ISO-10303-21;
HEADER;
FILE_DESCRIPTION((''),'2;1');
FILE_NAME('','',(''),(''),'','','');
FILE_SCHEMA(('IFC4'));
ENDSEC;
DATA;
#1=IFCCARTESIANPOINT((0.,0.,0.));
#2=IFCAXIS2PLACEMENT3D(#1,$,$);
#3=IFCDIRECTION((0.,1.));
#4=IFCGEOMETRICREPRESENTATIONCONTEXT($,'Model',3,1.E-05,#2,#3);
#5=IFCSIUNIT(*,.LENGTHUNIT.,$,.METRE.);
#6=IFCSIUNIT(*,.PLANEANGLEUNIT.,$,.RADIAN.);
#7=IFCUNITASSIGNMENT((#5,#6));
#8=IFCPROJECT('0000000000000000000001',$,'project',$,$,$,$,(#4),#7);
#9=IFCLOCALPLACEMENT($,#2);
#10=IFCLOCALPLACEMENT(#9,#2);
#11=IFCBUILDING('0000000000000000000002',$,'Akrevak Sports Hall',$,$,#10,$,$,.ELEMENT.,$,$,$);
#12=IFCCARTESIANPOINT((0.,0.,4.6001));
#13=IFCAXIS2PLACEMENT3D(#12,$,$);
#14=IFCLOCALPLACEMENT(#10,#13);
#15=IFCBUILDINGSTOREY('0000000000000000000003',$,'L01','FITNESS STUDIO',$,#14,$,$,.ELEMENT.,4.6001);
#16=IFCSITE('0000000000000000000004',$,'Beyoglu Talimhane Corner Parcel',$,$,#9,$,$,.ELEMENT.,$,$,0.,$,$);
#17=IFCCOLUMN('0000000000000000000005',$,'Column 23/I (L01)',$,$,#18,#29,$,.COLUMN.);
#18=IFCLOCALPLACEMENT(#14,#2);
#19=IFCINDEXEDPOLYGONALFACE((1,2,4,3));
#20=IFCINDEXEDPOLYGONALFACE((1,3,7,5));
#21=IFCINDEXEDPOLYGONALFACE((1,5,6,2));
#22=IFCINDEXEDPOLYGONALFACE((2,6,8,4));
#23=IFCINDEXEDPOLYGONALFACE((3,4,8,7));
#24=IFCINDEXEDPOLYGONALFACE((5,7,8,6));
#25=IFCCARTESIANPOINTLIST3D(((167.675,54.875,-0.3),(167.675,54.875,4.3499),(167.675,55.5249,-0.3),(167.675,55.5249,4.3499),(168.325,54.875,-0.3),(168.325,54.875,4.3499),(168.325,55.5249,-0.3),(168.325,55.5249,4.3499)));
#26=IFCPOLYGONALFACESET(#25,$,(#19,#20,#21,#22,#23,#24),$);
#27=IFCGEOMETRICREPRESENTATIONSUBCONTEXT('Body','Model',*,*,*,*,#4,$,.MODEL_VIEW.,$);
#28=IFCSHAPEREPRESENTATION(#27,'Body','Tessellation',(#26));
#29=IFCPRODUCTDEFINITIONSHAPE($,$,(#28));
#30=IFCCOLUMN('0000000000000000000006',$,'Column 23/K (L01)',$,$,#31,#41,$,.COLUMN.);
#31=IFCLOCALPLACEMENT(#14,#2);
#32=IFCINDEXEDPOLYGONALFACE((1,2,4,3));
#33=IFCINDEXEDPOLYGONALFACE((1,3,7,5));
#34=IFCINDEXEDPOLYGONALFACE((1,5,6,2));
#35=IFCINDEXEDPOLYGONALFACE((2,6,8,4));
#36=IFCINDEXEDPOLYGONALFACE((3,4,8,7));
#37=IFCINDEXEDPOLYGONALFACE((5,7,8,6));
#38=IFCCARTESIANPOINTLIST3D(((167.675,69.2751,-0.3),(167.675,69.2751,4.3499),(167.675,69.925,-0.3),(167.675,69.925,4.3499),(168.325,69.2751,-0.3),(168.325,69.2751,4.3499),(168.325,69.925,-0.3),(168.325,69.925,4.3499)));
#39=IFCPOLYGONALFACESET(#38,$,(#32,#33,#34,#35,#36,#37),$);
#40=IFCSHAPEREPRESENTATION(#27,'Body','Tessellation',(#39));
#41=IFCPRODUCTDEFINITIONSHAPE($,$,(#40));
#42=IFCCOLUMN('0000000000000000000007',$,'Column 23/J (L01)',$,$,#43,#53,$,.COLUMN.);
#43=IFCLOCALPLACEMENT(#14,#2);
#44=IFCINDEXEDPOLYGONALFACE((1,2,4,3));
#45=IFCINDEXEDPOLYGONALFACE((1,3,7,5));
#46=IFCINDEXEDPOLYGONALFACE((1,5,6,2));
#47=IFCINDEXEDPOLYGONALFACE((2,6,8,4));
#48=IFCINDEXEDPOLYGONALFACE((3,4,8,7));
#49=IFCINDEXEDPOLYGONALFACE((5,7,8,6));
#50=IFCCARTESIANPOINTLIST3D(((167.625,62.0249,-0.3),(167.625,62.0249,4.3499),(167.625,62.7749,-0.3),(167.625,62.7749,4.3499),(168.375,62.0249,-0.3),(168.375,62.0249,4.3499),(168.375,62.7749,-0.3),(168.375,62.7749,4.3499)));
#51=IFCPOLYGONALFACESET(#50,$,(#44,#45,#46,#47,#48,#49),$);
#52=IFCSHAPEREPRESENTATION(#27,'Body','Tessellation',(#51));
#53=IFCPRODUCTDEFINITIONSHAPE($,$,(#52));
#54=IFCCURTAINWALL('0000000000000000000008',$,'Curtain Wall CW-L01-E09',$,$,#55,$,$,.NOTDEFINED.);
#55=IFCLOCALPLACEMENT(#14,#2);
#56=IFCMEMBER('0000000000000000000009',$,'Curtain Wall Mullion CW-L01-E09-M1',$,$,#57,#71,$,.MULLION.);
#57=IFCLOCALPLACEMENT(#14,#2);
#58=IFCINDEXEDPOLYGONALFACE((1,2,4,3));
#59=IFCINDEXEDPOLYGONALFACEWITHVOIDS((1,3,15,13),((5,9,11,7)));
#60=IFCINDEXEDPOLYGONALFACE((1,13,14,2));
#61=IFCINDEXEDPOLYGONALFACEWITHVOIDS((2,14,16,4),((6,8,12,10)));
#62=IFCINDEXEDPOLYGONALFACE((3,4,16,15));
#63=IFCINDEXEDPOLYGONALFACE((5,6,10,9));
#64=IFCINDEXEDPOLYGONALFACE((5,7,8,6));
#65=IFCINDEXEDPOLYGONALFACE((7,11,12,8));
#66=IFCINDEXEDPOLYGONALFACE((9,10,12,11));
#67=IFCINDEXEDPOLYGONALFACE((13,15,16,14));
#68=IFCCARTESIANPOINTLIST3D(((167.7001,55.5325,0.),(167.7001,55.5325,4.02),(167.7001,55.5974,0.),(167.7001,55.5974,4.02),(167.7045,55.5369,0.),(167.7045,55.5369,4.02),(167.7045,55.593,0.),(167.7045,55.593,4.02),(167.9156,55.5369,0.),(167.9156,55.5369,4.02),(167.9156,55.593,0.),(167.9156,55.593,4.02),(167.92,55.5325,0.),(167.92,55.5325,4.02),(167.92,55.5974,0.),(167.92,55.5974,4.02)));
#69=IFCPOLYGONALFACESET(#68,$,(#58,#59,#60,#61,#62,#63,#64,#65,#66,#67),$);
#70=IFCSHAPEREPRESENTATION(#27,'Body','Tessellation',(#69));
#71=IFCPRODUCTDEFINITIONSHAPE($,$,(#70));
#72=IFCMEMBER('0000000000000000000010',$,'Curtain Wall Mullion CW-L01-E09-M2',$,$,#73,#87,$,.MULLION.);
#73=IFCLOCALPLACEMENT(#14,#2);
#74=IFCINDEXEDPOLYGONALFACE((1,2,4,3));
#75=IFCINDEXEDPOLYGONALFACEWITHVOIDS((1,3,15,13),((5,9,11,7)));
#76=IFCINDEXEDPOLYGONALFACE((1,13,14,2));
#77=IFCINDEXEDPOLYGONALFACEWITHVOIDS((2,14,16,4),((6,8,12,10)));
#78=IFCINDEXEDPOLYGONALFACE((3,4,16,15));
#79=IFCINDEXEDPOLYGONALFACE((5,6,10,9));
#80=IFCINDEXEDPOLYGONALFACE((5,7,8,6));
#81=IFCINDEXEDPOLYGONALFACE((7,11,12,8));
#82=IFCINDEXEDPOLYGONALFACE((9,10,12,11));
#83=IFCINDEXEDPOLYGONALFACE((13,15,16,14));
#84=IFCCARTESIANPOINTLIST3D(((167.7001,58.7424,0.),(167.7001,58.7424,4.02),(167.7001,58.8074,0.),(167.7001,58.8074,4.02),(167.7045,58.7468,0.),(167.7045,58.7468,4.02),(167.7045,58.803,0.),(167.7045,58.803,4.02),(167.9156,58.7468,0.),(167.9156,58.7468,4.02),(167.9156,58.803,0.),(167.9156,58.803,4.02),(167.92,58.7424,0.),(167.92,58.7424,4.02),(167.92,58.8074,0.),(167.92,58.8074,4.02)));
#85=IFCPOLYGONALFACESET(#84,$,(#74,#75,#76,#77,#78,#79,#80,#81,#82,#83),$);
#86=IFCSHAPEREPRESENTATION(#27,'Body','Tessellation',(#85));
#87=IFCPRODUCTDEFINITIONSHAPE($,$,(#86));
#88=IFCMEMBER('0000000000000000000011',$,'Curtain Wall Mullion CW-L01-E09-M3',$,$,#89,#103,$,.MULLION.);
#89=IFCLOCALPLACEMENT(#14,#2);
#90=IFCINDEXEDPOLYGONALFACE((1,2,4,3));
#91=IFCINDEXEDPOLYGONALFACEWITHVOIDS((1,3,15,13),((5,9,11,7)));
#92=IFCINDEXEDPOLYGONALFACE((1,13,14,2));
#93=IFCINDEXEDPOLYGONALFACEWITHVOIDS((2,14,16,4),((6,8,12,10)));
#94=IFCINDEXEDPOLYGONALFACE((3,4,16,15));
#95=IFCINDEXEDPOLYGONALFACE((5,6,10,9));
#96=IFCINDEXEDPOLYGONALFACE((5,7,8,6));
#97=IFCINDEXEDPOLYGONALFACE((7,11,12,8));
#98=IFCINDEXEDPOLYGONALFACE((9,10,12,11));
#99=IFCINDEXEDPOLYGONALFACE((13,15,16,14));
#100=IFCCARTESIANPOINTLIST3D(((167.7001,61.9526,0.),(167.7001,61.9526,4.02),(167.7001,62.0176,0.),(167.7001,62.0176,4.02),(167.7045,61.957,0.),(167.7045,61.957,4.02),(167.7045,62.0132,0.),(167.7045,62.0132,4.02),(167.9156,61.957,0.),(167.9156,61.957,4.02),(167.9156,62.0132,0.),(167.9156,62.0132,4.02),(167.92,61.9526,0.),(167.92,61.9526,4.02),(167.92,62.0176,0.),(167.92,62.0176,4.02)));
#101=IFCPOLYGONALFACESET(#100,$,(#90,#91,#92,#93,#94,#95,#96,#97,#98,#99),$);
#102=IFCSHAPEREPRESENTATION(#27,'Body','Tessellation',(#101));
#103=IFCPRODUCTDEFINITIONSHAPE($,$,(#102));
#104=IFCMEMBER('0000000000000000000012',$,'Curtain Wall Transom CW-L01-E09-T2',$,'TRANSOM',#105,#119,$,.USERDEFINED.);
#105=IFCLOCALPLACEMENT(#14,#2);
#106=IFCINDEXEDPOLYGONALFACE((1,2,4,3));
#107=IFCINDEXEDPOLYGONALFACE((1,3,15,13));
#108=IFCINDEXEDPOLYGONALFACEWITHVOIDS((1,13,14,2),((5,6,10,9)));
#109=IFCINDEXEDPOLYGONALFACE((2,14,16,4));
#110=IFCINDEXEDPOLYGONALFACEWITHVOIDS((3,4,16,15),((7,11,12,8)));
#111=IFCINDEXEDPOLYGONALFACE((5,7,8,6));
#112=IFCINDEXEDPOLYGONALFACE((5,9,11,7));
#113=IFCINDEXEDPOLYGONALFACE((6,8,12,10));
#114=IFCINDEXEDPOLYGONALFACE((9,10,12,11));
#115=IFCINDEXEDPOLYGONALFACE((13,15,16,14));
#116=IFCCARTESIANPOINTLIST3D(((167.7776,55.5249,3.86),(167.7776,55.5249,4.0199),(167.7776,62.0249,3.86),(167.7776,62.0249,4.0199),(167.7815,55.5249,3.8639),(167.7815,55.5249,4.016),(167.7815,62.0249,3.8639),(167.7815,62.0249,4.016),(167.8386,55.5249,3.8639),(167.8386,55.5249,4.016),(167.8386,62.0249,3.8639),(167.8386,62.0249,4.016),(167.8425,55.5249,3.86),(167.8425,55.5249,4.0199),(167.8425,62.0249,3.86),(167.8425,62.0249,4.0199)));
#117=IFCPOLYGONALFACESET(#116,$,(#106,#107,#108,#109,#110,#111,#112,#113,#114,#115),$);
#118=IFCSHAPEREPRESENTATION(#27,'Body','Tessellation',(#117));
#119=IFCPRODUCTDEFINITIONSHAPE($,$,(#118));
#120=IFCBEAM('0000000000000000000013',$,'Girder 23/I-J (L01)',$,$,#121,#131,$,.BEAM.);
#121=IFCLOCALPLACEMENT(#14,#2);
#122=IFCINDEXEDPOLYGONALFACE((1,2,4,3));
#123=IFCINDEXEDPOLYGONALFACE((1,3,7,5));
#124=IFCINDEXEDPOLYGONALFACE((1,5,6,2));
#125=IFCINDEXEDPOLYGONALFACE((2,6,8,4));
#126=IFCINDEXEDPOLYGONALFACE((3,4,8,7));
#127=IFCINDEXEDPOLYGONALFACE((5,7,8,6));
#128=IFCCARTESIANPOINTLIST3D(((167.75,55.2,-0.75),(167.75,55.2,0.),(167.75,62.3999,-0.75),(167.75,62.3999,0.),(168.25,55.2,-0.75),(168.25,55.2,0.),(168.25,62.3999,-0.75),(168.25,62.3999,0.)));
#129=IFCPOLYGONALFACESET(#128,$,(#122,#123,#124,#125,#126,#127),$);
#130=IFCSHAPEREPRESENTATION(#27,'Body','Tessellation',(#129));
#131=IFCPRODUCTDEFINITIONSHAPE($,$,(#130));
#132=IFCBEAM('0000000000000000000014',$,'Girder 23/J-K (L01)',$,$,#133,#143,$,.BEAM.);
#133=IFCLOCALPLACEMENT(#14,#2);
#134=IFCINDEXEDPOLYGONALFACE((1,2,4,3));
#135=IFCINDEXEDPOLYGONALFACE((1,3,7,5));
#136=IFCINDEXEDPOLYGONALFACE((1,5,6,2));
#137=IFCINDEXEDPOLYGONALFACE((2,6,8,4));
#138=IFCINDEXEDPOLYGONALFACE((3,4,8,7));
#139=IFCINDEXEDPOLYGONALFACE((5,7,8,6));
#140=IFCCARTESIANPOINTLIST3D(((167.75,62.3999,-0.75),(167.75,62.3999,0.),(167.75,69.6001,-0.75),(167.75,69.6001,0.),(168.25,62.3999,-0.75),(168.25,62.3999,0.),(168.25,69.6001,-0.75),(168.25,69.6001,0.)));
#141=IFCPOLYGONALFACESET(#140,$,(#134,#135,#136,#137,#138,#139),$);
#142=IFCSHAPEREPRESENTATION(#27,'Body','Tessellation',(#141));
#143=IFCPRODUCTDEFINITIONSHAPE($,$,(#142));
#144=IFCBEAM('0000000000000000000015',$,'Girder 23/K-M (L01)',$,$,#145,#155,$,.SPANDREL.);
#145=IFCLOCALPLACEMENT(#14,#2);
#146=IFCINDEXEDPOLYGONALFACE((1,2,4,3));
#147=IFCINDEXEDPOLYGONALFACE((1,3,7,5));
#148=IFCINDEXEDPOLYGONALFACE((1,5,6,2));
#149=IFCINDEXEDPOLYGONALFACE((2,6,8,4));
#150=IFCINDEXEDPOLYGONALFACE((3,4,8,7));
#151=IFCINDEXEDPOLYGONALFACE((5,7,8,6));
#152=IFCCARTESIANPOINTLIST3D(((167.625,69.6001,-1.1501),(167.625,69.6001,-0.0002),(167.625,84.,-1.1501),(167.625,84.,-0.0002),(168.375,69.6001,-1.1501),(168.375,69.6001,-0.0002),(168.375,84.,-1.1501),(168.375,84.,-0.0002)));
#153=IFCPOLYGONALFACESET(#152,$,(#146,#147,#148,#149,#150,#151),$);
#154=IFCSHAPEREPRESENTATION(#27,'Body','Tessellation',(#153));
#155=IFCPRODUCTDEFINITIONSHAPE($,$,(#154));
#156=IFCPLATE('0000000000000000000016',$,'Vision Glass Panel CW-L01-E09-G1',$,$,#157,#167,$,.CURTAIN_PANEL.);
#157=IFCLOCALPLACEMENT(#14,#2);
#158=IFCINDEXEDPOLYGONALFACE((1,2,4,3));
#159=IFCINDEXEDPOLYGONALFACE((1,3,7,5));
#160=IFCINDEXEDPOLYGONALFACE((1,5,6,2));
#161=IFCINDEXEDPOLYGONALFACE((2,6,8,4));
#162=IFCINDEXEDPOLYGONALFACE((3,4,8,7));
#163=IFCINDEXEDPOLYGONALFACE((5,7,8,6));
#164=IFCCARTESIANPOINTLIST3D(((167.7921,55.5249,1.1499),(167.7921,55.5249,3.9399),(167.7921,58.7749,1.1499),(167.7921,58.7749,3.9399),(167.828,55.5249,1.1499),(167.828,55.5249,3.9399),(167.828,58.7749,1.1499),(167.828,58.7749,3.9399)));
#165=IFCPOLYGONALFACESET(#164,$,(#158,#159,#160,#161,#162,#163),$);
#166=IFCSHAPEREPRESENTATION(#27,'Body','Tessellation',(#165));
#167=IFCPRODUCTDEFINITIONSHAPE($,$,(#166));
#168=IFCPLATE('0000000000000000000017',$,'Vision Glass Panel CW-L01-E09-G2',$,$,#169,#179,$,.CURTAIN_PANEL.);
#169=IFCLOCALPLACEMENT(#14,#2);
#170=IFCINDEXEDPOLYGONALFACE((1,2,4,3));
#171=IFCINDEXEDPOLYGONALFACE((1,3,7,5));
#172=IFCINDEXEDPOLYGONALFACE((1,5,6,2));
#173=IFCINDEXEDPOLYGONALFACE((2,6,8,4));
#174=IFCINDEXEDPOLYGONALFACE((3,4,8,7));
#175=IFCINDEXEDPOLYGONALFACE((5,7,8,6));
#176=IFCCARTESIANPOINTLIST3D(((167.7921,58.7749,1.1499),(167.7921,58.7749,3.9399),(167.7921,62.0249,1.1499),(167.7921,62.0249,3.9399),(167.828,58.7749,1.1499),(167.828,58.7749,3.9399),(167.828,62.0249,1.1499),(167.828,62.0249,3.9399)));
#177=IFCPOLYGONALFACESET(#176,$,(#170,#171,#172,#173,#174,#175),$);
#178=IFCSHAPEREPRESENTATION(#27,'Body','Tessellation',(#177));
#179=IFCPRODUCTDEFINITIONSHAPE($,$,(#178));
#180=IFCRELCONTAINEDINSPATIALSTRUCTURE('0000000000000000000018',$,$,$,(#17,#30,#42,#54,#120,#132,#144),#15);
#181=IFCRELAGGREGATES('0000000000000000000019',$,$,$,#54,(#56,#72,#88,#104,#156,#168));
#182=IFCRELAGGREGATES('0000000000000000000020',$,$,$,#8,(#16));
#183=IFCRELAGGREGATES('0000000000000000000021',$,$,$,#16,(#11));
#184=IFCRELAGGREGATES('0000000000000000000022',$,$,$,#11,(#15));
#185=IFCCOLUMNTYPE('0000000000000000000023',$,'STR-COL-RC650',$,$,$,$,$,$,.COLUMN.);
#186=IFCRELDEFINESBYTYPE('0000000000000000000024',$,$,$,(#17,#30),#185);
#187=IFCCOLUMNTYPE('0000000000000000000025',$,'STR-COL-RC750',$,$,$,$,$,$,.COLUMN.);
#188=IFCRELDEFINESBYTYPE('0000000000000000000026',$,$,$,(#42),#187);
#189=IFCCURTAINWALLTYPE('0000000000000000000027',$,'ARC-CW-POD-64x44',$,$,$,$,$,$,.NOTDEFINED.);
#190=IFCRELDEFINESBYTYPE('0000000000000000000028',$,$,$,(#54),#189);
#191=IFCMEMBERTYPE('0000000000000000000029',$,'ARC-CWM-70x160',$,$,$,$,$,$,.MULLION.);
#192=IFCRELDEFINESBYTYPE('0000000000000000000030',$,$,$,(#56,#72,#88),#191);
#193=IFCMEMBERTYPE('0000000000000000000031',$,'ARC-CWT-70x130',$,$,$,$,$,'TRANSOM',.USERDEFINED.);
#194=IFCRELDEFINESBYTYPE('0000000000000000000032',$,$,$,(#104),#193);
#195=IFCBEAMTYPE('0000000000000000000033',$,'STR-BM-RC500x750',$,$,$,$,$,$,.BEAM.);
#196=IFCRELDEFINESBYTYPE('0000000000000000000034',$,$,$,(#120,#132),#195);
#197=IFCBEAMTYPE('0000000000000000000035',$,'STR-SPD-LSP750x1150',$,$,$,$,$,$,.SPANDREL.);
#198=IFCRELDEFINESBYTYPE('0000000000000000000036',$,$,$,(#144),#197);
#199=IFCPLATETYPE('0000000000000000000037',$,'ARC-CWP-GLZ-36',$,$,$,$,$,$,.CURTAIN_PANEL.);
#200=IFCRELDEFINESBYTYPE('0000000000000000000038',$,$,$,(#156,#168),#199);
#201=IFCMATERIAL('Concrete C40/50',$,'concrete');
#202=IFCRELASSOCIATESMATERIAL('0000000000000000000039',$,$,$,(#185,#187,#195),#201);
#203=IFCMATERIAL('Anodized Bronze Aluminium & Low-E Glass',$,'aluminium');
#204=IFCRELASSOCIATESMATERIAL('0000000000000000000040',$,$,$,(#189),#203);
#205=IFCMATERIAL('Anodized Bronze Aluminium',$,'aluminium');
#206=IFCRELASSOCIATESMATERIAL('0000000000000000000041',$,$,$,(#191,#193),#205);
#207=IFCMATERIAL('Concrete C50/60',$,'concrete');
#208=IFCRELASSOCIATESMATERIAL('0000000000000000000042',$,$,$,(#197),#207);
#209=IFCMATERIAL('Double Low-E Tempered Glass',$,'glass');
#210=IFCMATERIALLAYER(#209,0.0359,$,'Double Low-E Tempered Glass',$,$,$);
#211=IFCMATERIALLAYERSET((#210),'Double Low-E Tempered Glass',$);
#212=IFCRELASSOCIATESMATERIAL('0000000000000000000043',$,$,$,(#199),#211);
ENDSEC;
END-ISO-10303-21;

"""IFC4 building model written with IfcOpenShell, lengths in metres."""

from ifc_helpers import new_model, si_unit, direction, frame, origin, origin_2d, place, context, subcontext, project, spatial, rectangle, hollow_rectangle, extrude, material, layer, layer_set, material_profile, profile_set, type_object, element, aggregate, save


model = new_model("IFC4")

# Units and contexts
model_context = context("Model", 3, precision=1e-05, world=origin(), true_north=direction((0.0, 1.0)))
body_context = subcontext(model_context, "Body", "Model", "MODEL_VIEW")
ifc_project = project(units=[si_unit("LENGTHUNIT", "METRE"), si_unit("PLANEANGLEUNIT", "RADIAN")], contexts=[model_context])

# Site, building, storey
site_placement = place(None, origin())
site = spatial("IfcSite", under=ifc_project, at=site_placement, Name="Beyoglu Talimhane Corner Parcel", CompositionType="ELEMENT", RefElevation=0.0)
building_placement = place(site_placement, origin())
building = spatial("IfcBuilding", under=site, at=building_placement, Name="Akrevak Sports Hall", CompositionType="ELEMENT")
storey_placement = place(building_placement, frame((0.0, 0.0, 4.6001)))
storey = spatial("IfcBuildingStorey", under=building, at=storey_placement, Name="L01", Description="FITNESS STUDIO", CompositionType="ELEMENT", Elevation=4.6001)

# Columns
ifc_material_1 = material(Name="Concrete C40/50", Category="concrete")
ifc_material_profile_1 = material_profile(ifc_material_1, rectangle(XDim=0.6499, YDim=0.6499, at=origin_2d()), Name="RC 650x650", Category="concrete")
ifc_profile_set_1 = profile_set([ifc_material_profile_1], Name="Concrete C40/50")
column_type_1 = type_object("IfcColumnType", Name="STR-COL-RC650", PredefinedType="COLUMN", material=ifc_profile_set_1)
for number, where, z_axis, x_axis, name in (
    (1, (168.0, 55.2, -0.3), (0.0, 0.0, 1.0), (1.0, 0.0, 0.0), "Column 23/I (L01)"),
    (2, (168.0, 69.6001, -0.3), (0.0, 0.0, 1.0), (1.0, 0.0, 0.0), "Column 23/K (L01)"),
):
    element("IfcColumn", number, at=place(storey_placement, frame(where, z_axis=z_axis, x_axis=x_axis)), inside=storey, type_object=column_type_1, Name=name, PredefinedType="COLUMN", context=body_context, shape_type="SweptSolid", body=[
        extrude(rectangle(XDim=0.6499, YDim=0.6499, at=origin_2d()), origin(), (0.0, 0.0, 1.0), 4.6499),
    ])
ifc_material_profile_2 = material_profile(ifc_material_1, rectangle(XDim=0.75, YDim=0.75, at=origin_2d()), Name="RC 750x750", Category="concrete")
ifc_profile_set_2 = profile_set([ifc_material_profile_2], Name="Concrete C40/50")
column_type_2 = type_object("IfcColumnType", Name="STR-COL-RC750", PredefinedType="COLUMN", material=ifc_profile_set_2)
column_placement = place(storey_placement, frame((168.0, 62.3999, -0.3), z_axis=(0.0, 0.0, 1.0), x_axis=(1.0, 0.0, 0.0)))
element("IfcColumn", 3, at=column_placement, inside=storey, type_object=column_type_2, Name="Column 23/J (L01)", PredefinedType="COLUMN", context=body_context, shape_type="SweptSolid", body=[
    extrude(rectangle(XDim=0.75, YDim=0.75, at=origin_2d()), origin(), (0.0, 0.0, 1.0), 4.6499),
])

# Curtain wall, members
ifc_material_2 = material(Name="Anodized Bronze Aluminium & Low-E Glass", Category="aluminium")
curtain_wall_type = type_object("IfcCurtainWallType", Name="ARC-CW-POD-64x44", PredefinedType="NOTDEFINED", material=ifc_material_2)
curtain_wall_placement = place(storey_placement, origin())
curtain_wall = element("IfcCurtainWall", 4, at=curtain_wall_placement, inside=storey, type_object=curtain_wall_type, Name="Curtain Wall CW-L01-E09", PredefinedType="NOTDEFINED")
ifc_material_3 = material(Name="Anodized Bronze Aluminium", Category="aluminium")
ifc_material_profile_3 = material_profile(ifc_material_3, hollow_rectangle(XDim=0.0649, YDim=0.22, WallThickness=0.0044, at=origin_2d()), Name="CWM 65x220", Category="aluminium")
ifc_profile_set_3 = profile_set([ifc_material_profile_3], Name="Anodized Bronze Aluminium")
member_type_1 = type_object("IfcMemberType", Name="ARC-CWM-70x160", PredefinedType="MULLION", material=ifc_profile_set_3)
member_1_placement = place(storey_placement, frame((167.8101, 55.5649, 0.0), z_axis=(0.0, 0.0, 1.0), x_axis=(0.0, 1.0, 0.0)))
member_1 = element("IfcMember", 5, at=member_1_placement, type_object=member_type_1, Name="Curtain Wall Mullion CW-L01-E09-M1", PredefinedType="MULLION", context=body_context, shape_type="SweptSolid", body=[
    extrude(hollow_rectangle(XDim=0.0649, YDim=0.22, WallThickness=0.0044, at=origin_2d()), origin(), (0.0, 0.0, 1.0), 4.02),
])
member_2_placement = place(storey_placement, frame((167.8101, 58.7749, 0.0), z_axis=(0.0, 0.0, 1.0), x_axis=(0.0, 1.0, 0.0)))
member_2 = element("IfcMember", 6, at=member_2_placement, type_object=member_type_1, Name="Curtain Wall Mullion CW-L01-E09-M2", PredefinedType="MULLION", context=body_context, shape_type="SweptSolid", body=[
    extrude(hollow_rectangle(XDim=0.0649, YDim=0.22, WallThickness=0.0044, at=origin_2d()), origin(), (0.0, 0.0, 1.0), 4.02),
])
member_3_placement = place(storey_placement, frame((167.8101, 61.9851, 0.0), z_axis=(0.0, 0.0, 1.0), x_axis=(0.0, 1.0, 0.0)))
member_3 = element("IfcMember", 7, at=member_3_placement, type_object=member_type_1, Name="Curtain Wall Mullion CW-L01-E09-M3", PredefinedType="MULLION", context=body_context, shape_type="SweptSolid", body=[
    extrude(hollow_rectangle(XDim=0.0649, YDim=0.22, WallThickness=0.0044, at=origin_2d()), origin(), (0.0, 0.0, 1.0), 4.02),
])
ifc_material_profile_4 = material_profile(ifc_material_3, hollow_rectangle(XDim=0.0649, YDim=0.1599, WallThickness=0.0039, at=origin_2d()), Name="CWT 65x160", Category="aluminium")
ifc_profile_set_4 = profile_set([ifc_material_profile_4], Name="Anodized Bronze Aluminium")
member_type_2 = type_object("IfcMemberType", Name="ARC-CWT-70x130", ElementType="TRANSOM", PredefinedType="USERDEFINED", material=ifc_profile_set_4)
member_4_placement = place(storey_placement, frame((167.8101, 55.5249, 3.9399), z_axis=(0.0, 1.0, 0.0), x_axis=(-1.0, 0.0, 0.0)))
member_4 = element("IfcMember", 8, at=member_4_placement, type_object=member_type_2, Name="Curtain Wall Transom CW-L01-E09-T2", ObjectType="TRANSOM", PredefinedType="USERDEFINED", context=body_context, shape_type="SweptSolid", body=[
    extrude(hollow_rectangle(XDim=0.0649, YDim=0.1599, WallThickness=0.0039, at=origin_2d()), origin(), (0.0, 0.0, 1.0), 6.5),
])

# Beams
ifc_material_profile_5 = material_profile(ifc_material_1, rectangle(XDim=0.5, YDim=0.75, at=origin_2d()), Name="BM 500x750", Category="concrete")
ifc_profile_set_5 = profile_set([ifc_material_profile_5], Name="Concrete C40/50")
beam_type_1 = type_object("IfcBeamType", Name="STR-BM-RC500x750", PredefinedType="BEAM", material=ifc_profile_set_5)
beam_1_placement = place(storey_placement, frame((168.0, 55.2, -0.375), z_axis=(0.0, 1.0, 0.0), x_axis=(-1.0, 0.0, 0.0)))
element("IfcBeam", 9, at=beam_1_placement, inside=storey, type_object=beam_type_1, Name="Girder 23/I-J (L01)", PredefinedType="BEAM", context=body_context, shape_type="SweptSolid", body=[
    extrude(rectangle(XDim=0.5, YDim=0.75, at=origin_2d()), origin(), (0.0, 0.0, 1.0), 7.2),
])
beam_2_placement = place(storey_placement, frame((168.0, 62.3999, -0.375), z_axis=(0.0, 1.0, 0.0), x_axis=(-1.0, 0.0, 0.0)))
element("IfcBeam", 10, at=beam_2_placement, inside=storey, type_object=beam_type_1, Name="Girder 23/J-K (L01)", PredefinedType="BEAM", context=body_context, shape_type="SweptSolid", body=[
    extrude(rectangle(XDim=0.5, YDim=0.75, at=origin_2d()), origin(), (0.0, 0.0, 1.0), 7.2002),
])
ifc_material_4 = material(Name="Concrete C50/60", Category="concrete")
ifc_material_profile_6 = material_profile(ifc_material_4, rectangle(XDim=0.75, YDim=1.1499, at=origin_2d()), Name="SPD 750x1150", Category="concrete")
ifc_profile_set_6 = profile_set([ifc_material_profile_6], Name="Concrete C50/60")
beam_type_2 = type_object("IfcBeamType", Name="STR-SPD-LSP750x1150", PredefinedType="SPANDREL", material=ifc_profile_set_6)
beam_3_placement = place(storey_placement, frame((168.0, 69.6001, -0.5752), z_axis=(0.0, 1.0, 0.0), x_axis=(-1.0, 0.0, 0.0)))
element("IfcBeam", 11, at=beam_3_placement, inside=storey, type_object=beam_type_2, Name="Girder 23/K-M (L01)", PredefinedType="SPANDREL", context=body_context, shape_type="SweptSolid", body=[
    extrude(rectangle(XDim=0.75, YDim=1.1499, at=origin_2d()), origin(), (0.0, 0.0, 1.0), 14.3999),
])

# Plates
ifc_material_5 = material(Name="Double Low-E Tempered Glass", Category="glass")
ifc_layer_1 = layer(ifc_material_5, 0.0359, Name="Double Low-E Tempered Glass")
ifc_layer_set_1 = layer_set([ifc_layer_1], Name="Double Low-E Tempered Glass")
plate_type_1 = type_object("IfcPlateType", Name="ARC-CWP-GLZ-36", PredefinedType="CURTAIN_PANEL", material=ifc_layer_set_1)
plate_1_placement = place(storey_placement, frame((167.8101, 57.1499, 1.1499), z_axis=(0.0, 0.0, 1.0), x_axis=(0.0, 1.0, 0.0)))
plate_1 = element("IfcPlate", 12, at=plate_1_placement, type_object=plate_type_1, Name="Vision Glass Panel CW-L01-E09-G1", PredefinedType="CURTAIN_PANEL", context=body_context, shape_type="SweptSolid", body=[
    extrude(rectangle(XDim=3.25, YDim=0.0359, at=origin_2d()), origin(), (0.0, 0.0, 1.0), 2.79),
])
plate_2_placement = place(storey_placement, frame((167.8101, 60.3999, 1.1499), z_axis=(0.0, 0.0, 1.0), x_axis=(0.0, 1.0, 0.0)))
plate_2 = element("IfcPlate", 13, at=plate_2_placement, type_object=plate_type_1, Name="Vision Glass Panel CW-L01-E09-G2", PredefinedType="CURTAIN_PANEL", context=body_context, shape_type="SweptSolid", body=[
    extrude(rectangle(XDim=3.25, YDim=0.0359, at=origin_2d()), origin(), (0.0, 0.0, 1.0), 2.79),
])
aggregate(curtain_wall, [member_1, member_2, member_3, member_4, plate_1, plate_2])

save(model, "model.ifc")
